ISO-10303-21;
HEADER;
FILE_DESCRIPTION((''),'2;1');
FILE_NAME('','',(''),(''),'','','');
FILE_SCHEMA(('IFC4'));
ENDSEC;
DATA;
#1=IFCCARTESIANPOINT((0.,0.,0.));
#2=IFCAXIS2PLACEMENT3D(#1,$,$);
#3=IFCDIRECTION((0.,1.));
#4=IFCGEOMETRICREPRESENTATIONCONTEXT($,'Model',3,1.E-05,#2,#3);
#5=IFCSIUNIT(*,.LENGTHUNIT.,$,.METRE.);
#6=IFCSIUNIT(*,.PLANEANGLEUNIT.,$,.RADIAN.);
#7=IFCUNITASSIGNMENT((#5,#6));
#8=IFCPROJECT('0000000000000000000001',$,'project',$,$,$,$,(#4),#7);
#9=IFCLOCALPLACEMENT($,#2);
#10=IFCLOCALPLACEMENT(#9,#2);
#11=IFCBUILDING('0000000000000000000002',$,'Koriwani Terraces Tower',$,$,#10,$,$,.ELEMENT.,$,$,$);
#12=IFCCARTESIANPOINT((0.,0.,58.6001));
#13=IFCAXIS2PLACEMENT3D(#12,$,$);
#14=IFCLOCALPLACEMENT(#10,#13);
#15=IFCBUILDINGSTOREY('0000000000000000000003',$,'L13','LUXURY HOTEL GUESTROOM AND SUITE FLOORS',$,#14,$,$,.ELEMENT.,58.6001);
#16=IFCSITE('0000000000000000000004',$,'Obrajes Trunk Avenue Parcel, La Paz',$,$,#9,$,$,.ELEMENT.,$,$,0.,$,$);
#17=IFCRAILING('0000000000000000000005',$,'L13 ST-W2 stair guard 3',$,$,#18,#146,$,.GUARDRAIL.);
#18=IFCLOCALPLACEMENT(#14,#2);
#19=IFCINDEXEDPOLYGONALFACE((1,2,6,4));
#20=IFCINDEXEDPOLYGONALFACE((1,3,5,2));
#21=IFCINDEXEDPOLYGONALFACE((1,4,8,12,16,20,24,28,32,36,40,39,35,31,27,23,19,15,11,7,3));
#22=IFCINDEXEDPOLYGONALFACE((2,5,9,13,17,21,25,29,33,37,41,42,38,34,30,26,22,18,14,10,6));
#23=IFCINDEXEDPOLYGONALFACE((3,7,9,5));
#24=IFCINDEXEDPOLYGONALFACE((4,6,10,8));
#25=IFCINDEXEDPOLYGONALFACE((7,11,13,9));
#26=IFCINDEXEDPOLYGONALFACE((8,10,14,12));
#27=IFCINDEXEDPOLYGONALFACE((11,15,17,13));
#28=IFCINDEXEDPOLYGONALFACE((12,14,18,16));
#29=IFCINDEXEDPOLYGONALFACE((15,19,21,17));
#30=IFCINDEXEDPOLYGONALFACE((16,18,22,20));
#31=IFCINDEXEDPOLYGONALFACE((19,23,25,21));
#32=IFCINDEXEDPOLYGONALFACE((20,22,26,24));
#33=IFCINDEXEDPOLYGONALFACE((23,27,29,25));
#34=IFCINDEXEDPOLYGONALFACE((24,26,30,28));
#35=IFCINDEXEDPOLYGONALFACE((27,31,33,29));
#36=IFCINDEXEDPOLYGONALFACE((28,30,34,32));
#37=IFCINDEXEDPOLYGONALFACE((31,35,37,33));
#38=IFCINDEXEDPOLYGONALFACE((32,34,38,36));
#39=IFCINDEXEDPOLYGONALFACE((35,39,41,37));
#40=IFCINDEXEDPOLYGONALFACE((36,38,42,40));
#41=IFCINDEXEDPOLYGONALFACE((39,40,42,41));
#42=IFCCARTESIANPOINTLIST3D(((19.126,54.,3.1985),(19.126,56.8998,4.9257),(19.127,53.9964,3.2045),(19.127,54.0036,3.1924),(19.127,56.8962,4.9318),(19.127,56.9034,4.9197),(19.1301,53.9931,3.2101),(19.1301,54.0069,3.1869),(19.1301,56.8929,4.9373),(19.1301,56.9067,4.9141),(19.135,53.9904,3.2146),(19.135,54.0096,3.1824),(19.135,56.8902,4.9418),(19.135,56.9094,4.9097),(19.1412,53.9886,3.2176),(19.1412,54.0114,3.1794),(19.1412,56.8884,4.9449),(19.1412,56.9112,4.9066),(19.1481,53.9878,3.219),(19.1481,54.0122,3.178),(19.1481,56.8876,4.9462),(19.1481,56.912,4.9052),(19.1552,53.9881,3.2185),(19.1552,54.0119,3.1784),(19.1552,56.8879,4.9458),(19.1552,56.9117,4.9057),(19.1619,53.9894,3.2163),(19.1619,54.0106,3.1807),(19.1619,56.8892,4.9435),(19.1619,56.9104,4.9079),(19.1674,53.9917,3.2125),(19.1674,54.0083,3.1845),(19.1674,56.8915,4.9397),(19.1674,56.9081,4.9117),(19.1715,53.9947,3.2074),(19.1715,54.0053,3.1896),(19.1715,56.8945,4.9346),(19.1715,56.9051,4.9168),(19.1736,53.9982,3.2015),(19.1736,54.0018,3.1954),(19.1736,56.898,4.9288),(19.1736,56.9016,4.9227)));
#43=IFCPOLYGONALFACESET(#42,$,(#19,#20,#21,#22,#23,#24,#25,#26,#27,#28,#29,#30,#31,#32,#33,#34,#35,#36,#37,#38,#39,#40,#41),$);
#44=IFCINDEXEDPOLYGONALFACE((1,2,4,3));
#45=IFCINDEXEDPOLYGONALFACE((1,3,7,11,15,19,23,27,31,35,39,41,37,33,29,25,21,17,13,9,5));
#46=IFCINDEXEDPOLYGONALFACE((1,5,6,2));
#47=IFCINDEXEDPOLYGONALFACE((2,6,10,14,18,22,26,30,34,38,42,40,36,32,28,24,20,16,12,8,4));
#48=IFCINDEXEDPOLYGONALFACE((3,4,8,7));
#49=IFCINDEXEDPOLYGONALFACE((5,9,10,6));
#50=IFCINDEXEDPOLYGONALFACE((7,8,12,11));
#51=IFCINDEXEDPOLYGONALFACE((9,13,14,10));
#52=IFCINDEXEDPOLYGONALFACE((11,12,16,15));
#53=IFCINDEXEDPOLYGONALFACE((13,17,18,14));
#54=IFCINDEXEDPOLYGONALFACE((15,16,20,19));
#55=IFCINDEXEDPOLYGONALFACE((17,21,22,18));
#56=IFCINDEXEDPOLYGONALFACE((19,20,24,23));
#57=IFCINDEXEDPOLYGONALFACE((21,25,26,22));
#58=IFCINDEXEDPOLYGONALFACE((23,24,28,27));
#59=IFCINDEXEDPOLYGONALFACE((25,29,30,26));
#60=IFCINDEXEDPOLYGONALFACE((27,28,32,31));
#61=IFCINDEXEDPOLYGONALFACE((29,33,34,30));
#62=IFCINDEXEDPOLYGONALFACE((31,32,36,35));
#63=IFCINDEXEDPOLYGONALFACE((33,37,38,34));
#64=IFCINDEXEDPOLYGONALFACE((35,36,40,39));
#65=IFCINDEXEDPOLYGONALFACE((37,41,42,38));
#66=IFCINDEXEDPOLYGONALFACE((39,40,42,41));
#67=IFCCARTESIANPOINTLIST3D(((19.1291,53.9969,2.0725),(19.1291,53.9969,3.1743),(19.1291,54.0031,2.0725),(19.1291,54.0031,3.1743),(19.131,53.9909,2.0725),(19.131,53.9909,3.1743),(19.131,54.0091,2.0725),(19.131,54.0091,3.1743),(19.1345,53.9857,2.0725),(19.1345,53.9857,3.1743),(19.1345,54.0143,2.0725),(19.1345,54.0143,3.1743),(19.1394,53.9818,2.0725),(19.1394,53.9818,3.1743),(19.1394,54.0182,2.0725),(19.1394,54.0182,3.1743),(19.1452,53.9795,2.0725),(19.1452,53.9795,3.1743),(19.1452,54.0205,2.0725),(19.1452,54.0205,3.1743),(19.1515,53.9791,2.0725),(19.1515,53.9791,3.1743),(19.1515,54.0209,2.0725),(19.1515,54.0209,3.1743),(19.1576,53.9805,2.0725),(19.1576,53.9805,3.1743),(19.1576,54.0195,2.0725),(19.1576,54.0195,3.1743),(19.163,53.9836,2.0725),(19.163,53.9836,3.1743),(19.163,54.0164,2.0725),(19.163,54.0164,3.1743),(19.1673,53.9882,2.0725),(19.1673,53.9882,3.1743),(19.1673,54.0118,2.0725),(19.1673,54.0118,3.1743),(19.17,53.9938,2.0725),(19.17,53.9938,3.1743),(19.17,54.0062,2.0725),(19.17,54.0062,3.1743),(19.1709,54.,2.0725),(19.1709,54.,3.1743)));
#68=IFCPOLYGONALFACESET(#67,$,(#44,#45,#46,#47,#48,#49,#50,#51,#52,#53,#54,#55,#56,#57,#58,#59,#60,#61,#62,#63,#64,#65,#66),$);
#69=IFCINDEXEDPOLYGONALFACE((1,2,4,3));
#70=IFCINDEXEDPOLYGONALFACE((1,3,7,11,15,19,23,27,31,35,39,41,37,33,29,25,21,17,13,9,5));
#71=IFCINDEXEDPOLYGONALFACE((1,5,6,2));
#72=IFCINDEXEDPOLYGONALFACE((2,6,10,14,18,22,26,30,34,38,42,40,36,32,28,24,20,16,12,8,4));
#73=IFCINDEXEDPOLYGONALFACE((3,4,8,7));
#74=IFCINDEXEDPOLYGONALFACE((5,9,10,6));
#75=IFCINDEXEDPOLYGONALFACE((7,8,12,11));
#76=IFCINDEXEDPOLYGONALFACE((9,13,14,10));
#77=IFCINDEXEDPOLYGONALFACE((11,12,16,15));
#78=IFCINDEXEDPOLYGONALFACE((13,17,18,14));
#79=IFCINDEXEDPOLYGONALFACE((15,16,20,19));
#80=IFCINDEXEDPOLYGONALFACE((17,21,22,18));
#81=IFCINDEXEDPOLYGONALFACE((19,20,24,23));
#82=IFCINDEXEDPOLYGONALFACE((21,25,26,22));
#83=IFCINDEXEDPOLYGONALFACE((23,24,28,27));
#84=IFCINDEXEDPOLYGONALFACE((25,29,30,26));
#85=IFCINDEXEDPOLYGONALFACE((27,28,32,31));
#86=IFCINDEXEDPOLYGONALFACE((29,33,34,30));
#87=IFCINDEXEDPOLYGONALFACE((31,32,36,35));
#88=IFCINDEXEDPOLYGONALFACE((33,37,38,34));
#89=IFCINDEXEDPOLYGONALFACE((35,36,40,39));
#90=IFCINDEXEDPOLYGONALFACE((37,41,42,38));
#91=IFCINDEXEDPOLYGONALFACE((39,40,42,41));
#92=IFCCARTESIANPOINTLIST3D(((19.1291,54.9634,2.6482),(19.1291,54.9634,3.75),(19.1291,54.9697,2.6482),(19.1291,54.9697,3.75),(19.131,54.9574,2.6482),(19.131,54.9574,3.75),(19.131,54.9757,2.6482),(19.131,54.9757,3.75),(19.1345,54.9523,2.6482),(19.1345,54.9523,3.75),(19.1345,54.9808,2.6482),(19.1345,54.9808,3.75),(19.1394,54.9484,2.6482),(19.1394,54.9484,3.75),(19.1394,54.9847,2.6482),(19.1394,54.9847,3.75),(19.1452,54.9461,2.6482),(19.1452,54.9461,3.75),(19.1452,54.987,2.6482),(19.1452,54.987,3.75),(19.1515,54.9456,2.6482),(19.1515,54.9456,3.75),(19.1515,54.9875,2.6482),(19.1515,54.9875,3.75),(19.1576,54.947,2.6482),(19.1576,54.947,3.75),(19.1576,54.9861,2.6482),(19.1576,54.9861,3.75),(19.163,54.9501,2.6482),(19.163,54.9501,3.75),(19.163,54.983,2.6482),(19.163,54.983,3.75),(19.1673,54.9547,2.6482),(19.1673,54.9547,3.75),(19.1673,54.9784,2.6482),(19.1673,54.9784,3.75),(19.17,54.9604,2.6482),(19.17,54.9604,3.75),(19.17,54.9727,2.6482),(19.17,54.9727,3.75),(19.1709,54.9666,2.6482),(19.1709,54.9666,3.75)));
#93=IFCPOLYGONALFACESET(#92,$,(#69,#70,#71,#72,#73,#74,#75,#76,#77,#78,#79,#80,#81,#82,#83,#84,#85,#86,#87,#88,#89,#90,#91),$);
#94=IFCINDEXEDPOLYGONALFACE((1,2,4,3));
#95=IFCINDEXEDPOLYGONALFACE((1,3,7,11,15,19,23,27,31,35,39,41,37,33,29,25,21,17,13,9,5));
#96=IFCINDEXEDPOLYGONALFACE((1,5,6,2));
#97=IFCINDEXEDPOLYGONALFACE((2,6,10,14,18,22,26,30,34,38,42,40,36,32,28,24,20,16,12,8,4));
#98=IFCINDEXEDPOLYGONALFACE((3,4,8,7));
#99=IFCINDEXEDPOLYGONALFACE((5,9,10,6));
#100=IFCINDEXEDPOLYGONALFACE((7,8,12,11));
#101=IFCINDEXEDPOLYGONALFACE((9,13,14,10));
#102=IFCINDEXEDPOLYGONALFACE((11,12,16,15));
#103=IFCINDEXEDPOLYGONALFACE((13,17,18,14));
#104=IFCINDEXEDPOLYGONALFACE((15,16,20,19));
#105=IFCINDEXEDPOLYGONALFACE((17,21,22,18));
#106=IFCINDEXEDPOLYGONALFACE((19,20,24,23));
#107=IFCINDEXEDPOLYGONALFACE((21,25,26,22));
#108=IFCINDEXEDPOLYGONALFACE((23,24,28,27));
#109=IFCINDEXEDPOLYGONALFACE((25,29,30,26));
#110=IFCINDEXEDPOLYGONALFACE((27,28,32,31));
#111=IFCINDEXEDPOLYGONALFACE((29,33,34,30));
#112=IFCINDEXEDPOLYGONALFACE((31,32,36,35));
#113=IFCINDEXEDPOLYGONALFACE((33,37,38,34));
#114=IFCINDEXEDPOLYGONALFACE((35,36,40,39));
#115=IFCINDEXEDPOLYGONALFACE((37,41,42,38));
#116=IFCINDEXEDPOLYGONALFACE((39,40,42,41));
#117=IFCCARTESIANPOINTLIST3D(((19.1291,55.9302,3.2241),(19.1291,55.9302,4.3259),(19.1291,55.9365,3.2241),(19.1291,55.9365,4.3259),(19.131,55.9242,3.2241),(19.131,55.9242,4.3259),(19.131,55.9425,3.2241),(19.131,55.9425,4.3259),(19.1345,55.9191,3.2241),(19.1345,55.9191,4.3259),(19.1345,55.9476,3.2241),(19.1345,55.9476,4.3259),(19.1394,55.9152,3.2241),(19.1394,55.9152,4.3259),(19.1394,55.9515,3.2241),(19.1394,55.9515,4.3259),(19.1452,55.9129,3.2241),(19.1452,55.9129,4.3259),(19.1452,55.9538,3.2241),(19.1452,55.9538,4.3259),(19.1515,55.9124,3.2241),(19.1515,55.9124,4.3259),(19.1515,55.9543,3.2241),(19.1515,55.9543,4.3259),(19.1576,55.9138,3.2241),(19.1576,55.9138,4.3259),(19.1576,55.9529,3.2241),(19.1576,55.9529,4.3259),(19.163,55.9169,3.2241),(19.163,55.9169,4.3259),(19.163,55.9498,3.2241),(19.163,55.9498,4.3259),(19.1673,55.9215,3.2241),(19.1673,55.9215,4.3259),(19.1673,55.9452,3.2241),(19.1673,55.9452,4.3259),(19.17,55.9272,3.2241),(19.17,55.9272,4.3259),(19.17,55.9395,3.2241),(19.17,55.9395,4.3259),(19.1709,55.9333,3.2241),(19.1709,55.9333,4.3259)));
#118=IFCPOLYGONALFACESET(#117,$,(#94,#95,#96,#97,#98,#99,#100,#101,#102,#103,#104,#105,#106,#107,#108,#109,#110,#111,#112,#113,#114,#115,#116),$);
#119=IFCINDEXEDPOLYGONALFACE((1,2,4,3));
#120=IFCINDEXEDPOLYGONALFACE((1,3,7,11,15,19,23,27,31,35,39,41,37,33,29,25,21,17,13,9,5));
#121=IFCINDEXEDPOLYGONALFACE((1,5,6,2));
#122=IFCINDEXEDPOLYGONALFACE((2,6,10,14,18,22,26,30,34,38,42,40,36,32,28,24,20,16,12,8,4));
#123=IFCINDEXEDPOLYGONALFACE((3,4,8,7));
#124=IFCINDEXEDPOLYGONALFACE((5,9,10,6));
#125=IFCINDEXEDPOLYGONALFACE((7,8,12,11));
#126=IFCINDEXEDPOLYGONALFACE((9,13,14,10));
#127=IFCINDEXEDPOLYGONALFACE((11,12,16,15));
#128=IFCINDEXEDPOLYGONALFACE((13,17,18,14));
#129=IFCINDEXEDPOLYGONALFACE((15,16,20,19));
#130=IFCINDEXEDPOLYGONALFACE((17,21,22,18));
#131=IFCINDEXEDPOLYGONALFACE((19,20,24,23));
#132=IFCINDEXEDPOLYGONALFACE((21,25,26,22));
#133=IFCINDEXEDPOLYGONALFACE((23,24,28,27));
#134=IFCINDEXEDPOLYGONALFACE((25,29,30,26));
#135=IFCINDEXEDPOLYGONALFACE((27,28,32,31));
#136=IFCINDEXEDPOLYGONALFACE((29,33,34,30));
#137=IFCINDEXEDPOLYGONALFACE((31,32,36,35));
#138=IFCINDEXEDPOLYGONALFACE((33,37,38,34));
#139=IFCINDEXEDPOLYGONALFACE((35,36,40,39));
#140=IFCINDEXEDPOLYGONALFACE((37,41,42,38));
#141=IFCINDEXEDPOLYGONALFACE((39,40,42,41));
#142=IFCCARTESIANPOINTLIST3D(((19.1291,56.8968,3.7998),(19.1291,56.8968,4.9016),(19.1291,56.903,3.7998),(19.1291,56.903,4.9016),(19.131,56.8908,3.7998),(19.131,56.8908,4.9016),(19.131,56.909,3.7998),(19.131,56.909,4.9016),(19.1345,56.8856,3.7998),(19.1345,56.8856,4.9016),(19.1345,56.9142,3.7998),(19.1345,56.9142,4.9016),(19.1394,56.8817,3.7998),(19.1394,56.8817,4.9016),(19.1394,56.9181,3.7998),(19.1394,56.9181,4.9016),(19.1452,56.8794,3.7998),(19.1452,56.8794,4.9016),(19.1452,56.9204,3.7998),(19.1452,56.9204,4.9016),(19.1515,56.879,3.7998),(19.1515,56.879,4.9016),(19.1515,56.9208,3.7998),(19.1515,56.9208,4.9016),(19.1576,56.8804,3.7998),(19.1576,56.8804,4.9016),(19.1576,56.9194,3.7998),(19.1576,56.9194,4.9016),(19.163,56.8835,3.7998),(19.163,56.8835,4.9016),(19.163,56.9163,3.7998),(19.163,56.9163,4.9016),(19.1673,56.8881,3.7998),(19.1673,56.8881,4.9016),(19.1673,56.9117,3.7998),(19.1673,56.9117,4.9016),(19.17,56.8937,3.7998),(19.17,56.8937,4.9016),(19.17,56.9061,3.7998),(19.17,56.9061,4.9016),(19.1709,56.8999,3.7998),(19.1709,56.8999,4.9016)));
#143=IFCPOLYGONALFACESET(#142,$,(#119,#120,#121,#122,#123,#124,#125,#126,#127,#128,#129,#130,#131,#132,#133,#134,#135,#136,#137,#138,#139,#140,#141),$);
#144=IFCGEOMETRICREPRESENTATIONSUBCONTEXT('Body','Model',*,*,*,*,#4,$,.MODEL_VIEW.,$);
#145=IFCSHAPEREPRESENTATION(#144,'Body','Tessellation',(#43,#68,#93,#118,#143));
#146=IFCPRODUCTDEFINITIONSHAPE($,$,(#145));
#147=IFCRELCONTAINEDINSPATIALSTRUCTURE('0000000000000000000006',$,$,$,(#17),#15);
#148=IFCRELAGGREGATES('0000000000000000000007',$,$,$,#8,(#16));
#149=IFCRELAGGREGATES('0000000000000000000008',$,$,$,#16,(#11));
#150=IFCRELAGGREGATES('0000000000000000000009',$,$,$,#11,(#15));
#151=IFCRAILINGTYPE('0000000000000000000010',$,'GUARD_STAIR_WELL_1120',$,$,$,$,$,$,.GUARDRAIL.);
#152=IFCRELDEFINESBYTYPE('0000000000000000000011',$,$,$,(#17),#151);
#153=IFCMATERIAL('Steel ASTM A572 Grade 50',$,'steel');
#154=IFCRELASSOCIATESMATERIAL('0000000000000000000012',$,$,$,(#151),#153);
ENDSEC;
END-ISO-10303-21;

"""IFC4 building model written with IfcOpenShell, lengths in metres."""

from ifc_helpers import new_model, si_unit, direction, frame, origin, origin_2d, place, context, subcontext, project, spatial, circle, extrude, material, type_object, element, save


model = new_model("IFC4")

# Units and contexts
model_context = context("Model", 3, precision=1e-05, world=origin(), true_north=direction((0.0, 1.0)))
body_context = subcontext(model_context, "Body", "Model", "MODEL_VIEW")
ifc_project = project(units=[si_unit("LENGTHUNIT", "METRE"), si_unit("PLANEANGLEUNIT", "RADIAN")], contexts=[model_context])

# Site, building, storey
site_placement = place(None, origin())
site = spatial("IfcSite", under=ifc_project, at=site_placement, Name="Obrajes Trunk Avenue Parcel, La Paz", CompositionType="ELEMENT", RefElevation=0.0)
building_placement = place(site_placement, origin())
building = spatial("IfcBuilding", under=site, at=building_placement, Name="Koriwani Terraces Tower", CompositionType="ELEMENT")
storey_placement = place(building_placement, frame((0.0, 0.0, 58.6001)))
storey = spatial("IfcBuildingStorey", under=building, at=storey_placement, Name="L13", Description="LUXURY HOTEL GUESTROOM AND SUITE FLOORS", CompositionType="ELEMENT", Elevation=58.6001)

# Shared definitions
ifc_material_1 = material(Name="Steel ASTM A572 Grade 50", Category="steel")

# Railing
railing_type_1 = type_object("IfcRailingType", Name="GUARD_STAIR_WELL_1120", PredefinedType="GUARDRAIL", material=ifc_material_1)
railing_1_placement = place(storey_placement, frame((19.1499, 54.0, 2.0725)))
element("IfcRailing", 1, at=railing_1_placement, inside=storey, type_object=railing_type_1, Name="L13 ST-W2 stair guard 3", PredefinedType="GUARDRAIL", context=body_context, shape_type="SweptSolid", body=[
    extrude(circle(Radius=0.0239, at=origin_2d()), frame((0.0, 0.0, 1.126), z_axis=(0.0, 0.859141, 0.511738), x_axis=(-1.0, 0.0, 0.0)), (0.0, 0.0, 1.0), 3.3752),
    extrude(circle(Radius=0.021, at=origin_2d()), origin(), (0.0, 0.0, 1.0), 1.1018),
    extrude(circle(Radius=0.021, at=origin_2d()), frame((0.0, 0.9666, 0.5757)), (0.0, 0.0, 1.0), 1.1018),
    extrude(circle(Radius=0.021, at=origin_2d()), frame((0.0, 1.9333, 1.1516)), (0.0, 0.0, 1.0), 1.1018),
    extrude(circle(Radius=0.021, at=origin_2d()), frame((0.0, 2.8999, 1.7273)), (0.0, 0.0, 1.0), 1.1018),
])

save(model, "model.ifc")
